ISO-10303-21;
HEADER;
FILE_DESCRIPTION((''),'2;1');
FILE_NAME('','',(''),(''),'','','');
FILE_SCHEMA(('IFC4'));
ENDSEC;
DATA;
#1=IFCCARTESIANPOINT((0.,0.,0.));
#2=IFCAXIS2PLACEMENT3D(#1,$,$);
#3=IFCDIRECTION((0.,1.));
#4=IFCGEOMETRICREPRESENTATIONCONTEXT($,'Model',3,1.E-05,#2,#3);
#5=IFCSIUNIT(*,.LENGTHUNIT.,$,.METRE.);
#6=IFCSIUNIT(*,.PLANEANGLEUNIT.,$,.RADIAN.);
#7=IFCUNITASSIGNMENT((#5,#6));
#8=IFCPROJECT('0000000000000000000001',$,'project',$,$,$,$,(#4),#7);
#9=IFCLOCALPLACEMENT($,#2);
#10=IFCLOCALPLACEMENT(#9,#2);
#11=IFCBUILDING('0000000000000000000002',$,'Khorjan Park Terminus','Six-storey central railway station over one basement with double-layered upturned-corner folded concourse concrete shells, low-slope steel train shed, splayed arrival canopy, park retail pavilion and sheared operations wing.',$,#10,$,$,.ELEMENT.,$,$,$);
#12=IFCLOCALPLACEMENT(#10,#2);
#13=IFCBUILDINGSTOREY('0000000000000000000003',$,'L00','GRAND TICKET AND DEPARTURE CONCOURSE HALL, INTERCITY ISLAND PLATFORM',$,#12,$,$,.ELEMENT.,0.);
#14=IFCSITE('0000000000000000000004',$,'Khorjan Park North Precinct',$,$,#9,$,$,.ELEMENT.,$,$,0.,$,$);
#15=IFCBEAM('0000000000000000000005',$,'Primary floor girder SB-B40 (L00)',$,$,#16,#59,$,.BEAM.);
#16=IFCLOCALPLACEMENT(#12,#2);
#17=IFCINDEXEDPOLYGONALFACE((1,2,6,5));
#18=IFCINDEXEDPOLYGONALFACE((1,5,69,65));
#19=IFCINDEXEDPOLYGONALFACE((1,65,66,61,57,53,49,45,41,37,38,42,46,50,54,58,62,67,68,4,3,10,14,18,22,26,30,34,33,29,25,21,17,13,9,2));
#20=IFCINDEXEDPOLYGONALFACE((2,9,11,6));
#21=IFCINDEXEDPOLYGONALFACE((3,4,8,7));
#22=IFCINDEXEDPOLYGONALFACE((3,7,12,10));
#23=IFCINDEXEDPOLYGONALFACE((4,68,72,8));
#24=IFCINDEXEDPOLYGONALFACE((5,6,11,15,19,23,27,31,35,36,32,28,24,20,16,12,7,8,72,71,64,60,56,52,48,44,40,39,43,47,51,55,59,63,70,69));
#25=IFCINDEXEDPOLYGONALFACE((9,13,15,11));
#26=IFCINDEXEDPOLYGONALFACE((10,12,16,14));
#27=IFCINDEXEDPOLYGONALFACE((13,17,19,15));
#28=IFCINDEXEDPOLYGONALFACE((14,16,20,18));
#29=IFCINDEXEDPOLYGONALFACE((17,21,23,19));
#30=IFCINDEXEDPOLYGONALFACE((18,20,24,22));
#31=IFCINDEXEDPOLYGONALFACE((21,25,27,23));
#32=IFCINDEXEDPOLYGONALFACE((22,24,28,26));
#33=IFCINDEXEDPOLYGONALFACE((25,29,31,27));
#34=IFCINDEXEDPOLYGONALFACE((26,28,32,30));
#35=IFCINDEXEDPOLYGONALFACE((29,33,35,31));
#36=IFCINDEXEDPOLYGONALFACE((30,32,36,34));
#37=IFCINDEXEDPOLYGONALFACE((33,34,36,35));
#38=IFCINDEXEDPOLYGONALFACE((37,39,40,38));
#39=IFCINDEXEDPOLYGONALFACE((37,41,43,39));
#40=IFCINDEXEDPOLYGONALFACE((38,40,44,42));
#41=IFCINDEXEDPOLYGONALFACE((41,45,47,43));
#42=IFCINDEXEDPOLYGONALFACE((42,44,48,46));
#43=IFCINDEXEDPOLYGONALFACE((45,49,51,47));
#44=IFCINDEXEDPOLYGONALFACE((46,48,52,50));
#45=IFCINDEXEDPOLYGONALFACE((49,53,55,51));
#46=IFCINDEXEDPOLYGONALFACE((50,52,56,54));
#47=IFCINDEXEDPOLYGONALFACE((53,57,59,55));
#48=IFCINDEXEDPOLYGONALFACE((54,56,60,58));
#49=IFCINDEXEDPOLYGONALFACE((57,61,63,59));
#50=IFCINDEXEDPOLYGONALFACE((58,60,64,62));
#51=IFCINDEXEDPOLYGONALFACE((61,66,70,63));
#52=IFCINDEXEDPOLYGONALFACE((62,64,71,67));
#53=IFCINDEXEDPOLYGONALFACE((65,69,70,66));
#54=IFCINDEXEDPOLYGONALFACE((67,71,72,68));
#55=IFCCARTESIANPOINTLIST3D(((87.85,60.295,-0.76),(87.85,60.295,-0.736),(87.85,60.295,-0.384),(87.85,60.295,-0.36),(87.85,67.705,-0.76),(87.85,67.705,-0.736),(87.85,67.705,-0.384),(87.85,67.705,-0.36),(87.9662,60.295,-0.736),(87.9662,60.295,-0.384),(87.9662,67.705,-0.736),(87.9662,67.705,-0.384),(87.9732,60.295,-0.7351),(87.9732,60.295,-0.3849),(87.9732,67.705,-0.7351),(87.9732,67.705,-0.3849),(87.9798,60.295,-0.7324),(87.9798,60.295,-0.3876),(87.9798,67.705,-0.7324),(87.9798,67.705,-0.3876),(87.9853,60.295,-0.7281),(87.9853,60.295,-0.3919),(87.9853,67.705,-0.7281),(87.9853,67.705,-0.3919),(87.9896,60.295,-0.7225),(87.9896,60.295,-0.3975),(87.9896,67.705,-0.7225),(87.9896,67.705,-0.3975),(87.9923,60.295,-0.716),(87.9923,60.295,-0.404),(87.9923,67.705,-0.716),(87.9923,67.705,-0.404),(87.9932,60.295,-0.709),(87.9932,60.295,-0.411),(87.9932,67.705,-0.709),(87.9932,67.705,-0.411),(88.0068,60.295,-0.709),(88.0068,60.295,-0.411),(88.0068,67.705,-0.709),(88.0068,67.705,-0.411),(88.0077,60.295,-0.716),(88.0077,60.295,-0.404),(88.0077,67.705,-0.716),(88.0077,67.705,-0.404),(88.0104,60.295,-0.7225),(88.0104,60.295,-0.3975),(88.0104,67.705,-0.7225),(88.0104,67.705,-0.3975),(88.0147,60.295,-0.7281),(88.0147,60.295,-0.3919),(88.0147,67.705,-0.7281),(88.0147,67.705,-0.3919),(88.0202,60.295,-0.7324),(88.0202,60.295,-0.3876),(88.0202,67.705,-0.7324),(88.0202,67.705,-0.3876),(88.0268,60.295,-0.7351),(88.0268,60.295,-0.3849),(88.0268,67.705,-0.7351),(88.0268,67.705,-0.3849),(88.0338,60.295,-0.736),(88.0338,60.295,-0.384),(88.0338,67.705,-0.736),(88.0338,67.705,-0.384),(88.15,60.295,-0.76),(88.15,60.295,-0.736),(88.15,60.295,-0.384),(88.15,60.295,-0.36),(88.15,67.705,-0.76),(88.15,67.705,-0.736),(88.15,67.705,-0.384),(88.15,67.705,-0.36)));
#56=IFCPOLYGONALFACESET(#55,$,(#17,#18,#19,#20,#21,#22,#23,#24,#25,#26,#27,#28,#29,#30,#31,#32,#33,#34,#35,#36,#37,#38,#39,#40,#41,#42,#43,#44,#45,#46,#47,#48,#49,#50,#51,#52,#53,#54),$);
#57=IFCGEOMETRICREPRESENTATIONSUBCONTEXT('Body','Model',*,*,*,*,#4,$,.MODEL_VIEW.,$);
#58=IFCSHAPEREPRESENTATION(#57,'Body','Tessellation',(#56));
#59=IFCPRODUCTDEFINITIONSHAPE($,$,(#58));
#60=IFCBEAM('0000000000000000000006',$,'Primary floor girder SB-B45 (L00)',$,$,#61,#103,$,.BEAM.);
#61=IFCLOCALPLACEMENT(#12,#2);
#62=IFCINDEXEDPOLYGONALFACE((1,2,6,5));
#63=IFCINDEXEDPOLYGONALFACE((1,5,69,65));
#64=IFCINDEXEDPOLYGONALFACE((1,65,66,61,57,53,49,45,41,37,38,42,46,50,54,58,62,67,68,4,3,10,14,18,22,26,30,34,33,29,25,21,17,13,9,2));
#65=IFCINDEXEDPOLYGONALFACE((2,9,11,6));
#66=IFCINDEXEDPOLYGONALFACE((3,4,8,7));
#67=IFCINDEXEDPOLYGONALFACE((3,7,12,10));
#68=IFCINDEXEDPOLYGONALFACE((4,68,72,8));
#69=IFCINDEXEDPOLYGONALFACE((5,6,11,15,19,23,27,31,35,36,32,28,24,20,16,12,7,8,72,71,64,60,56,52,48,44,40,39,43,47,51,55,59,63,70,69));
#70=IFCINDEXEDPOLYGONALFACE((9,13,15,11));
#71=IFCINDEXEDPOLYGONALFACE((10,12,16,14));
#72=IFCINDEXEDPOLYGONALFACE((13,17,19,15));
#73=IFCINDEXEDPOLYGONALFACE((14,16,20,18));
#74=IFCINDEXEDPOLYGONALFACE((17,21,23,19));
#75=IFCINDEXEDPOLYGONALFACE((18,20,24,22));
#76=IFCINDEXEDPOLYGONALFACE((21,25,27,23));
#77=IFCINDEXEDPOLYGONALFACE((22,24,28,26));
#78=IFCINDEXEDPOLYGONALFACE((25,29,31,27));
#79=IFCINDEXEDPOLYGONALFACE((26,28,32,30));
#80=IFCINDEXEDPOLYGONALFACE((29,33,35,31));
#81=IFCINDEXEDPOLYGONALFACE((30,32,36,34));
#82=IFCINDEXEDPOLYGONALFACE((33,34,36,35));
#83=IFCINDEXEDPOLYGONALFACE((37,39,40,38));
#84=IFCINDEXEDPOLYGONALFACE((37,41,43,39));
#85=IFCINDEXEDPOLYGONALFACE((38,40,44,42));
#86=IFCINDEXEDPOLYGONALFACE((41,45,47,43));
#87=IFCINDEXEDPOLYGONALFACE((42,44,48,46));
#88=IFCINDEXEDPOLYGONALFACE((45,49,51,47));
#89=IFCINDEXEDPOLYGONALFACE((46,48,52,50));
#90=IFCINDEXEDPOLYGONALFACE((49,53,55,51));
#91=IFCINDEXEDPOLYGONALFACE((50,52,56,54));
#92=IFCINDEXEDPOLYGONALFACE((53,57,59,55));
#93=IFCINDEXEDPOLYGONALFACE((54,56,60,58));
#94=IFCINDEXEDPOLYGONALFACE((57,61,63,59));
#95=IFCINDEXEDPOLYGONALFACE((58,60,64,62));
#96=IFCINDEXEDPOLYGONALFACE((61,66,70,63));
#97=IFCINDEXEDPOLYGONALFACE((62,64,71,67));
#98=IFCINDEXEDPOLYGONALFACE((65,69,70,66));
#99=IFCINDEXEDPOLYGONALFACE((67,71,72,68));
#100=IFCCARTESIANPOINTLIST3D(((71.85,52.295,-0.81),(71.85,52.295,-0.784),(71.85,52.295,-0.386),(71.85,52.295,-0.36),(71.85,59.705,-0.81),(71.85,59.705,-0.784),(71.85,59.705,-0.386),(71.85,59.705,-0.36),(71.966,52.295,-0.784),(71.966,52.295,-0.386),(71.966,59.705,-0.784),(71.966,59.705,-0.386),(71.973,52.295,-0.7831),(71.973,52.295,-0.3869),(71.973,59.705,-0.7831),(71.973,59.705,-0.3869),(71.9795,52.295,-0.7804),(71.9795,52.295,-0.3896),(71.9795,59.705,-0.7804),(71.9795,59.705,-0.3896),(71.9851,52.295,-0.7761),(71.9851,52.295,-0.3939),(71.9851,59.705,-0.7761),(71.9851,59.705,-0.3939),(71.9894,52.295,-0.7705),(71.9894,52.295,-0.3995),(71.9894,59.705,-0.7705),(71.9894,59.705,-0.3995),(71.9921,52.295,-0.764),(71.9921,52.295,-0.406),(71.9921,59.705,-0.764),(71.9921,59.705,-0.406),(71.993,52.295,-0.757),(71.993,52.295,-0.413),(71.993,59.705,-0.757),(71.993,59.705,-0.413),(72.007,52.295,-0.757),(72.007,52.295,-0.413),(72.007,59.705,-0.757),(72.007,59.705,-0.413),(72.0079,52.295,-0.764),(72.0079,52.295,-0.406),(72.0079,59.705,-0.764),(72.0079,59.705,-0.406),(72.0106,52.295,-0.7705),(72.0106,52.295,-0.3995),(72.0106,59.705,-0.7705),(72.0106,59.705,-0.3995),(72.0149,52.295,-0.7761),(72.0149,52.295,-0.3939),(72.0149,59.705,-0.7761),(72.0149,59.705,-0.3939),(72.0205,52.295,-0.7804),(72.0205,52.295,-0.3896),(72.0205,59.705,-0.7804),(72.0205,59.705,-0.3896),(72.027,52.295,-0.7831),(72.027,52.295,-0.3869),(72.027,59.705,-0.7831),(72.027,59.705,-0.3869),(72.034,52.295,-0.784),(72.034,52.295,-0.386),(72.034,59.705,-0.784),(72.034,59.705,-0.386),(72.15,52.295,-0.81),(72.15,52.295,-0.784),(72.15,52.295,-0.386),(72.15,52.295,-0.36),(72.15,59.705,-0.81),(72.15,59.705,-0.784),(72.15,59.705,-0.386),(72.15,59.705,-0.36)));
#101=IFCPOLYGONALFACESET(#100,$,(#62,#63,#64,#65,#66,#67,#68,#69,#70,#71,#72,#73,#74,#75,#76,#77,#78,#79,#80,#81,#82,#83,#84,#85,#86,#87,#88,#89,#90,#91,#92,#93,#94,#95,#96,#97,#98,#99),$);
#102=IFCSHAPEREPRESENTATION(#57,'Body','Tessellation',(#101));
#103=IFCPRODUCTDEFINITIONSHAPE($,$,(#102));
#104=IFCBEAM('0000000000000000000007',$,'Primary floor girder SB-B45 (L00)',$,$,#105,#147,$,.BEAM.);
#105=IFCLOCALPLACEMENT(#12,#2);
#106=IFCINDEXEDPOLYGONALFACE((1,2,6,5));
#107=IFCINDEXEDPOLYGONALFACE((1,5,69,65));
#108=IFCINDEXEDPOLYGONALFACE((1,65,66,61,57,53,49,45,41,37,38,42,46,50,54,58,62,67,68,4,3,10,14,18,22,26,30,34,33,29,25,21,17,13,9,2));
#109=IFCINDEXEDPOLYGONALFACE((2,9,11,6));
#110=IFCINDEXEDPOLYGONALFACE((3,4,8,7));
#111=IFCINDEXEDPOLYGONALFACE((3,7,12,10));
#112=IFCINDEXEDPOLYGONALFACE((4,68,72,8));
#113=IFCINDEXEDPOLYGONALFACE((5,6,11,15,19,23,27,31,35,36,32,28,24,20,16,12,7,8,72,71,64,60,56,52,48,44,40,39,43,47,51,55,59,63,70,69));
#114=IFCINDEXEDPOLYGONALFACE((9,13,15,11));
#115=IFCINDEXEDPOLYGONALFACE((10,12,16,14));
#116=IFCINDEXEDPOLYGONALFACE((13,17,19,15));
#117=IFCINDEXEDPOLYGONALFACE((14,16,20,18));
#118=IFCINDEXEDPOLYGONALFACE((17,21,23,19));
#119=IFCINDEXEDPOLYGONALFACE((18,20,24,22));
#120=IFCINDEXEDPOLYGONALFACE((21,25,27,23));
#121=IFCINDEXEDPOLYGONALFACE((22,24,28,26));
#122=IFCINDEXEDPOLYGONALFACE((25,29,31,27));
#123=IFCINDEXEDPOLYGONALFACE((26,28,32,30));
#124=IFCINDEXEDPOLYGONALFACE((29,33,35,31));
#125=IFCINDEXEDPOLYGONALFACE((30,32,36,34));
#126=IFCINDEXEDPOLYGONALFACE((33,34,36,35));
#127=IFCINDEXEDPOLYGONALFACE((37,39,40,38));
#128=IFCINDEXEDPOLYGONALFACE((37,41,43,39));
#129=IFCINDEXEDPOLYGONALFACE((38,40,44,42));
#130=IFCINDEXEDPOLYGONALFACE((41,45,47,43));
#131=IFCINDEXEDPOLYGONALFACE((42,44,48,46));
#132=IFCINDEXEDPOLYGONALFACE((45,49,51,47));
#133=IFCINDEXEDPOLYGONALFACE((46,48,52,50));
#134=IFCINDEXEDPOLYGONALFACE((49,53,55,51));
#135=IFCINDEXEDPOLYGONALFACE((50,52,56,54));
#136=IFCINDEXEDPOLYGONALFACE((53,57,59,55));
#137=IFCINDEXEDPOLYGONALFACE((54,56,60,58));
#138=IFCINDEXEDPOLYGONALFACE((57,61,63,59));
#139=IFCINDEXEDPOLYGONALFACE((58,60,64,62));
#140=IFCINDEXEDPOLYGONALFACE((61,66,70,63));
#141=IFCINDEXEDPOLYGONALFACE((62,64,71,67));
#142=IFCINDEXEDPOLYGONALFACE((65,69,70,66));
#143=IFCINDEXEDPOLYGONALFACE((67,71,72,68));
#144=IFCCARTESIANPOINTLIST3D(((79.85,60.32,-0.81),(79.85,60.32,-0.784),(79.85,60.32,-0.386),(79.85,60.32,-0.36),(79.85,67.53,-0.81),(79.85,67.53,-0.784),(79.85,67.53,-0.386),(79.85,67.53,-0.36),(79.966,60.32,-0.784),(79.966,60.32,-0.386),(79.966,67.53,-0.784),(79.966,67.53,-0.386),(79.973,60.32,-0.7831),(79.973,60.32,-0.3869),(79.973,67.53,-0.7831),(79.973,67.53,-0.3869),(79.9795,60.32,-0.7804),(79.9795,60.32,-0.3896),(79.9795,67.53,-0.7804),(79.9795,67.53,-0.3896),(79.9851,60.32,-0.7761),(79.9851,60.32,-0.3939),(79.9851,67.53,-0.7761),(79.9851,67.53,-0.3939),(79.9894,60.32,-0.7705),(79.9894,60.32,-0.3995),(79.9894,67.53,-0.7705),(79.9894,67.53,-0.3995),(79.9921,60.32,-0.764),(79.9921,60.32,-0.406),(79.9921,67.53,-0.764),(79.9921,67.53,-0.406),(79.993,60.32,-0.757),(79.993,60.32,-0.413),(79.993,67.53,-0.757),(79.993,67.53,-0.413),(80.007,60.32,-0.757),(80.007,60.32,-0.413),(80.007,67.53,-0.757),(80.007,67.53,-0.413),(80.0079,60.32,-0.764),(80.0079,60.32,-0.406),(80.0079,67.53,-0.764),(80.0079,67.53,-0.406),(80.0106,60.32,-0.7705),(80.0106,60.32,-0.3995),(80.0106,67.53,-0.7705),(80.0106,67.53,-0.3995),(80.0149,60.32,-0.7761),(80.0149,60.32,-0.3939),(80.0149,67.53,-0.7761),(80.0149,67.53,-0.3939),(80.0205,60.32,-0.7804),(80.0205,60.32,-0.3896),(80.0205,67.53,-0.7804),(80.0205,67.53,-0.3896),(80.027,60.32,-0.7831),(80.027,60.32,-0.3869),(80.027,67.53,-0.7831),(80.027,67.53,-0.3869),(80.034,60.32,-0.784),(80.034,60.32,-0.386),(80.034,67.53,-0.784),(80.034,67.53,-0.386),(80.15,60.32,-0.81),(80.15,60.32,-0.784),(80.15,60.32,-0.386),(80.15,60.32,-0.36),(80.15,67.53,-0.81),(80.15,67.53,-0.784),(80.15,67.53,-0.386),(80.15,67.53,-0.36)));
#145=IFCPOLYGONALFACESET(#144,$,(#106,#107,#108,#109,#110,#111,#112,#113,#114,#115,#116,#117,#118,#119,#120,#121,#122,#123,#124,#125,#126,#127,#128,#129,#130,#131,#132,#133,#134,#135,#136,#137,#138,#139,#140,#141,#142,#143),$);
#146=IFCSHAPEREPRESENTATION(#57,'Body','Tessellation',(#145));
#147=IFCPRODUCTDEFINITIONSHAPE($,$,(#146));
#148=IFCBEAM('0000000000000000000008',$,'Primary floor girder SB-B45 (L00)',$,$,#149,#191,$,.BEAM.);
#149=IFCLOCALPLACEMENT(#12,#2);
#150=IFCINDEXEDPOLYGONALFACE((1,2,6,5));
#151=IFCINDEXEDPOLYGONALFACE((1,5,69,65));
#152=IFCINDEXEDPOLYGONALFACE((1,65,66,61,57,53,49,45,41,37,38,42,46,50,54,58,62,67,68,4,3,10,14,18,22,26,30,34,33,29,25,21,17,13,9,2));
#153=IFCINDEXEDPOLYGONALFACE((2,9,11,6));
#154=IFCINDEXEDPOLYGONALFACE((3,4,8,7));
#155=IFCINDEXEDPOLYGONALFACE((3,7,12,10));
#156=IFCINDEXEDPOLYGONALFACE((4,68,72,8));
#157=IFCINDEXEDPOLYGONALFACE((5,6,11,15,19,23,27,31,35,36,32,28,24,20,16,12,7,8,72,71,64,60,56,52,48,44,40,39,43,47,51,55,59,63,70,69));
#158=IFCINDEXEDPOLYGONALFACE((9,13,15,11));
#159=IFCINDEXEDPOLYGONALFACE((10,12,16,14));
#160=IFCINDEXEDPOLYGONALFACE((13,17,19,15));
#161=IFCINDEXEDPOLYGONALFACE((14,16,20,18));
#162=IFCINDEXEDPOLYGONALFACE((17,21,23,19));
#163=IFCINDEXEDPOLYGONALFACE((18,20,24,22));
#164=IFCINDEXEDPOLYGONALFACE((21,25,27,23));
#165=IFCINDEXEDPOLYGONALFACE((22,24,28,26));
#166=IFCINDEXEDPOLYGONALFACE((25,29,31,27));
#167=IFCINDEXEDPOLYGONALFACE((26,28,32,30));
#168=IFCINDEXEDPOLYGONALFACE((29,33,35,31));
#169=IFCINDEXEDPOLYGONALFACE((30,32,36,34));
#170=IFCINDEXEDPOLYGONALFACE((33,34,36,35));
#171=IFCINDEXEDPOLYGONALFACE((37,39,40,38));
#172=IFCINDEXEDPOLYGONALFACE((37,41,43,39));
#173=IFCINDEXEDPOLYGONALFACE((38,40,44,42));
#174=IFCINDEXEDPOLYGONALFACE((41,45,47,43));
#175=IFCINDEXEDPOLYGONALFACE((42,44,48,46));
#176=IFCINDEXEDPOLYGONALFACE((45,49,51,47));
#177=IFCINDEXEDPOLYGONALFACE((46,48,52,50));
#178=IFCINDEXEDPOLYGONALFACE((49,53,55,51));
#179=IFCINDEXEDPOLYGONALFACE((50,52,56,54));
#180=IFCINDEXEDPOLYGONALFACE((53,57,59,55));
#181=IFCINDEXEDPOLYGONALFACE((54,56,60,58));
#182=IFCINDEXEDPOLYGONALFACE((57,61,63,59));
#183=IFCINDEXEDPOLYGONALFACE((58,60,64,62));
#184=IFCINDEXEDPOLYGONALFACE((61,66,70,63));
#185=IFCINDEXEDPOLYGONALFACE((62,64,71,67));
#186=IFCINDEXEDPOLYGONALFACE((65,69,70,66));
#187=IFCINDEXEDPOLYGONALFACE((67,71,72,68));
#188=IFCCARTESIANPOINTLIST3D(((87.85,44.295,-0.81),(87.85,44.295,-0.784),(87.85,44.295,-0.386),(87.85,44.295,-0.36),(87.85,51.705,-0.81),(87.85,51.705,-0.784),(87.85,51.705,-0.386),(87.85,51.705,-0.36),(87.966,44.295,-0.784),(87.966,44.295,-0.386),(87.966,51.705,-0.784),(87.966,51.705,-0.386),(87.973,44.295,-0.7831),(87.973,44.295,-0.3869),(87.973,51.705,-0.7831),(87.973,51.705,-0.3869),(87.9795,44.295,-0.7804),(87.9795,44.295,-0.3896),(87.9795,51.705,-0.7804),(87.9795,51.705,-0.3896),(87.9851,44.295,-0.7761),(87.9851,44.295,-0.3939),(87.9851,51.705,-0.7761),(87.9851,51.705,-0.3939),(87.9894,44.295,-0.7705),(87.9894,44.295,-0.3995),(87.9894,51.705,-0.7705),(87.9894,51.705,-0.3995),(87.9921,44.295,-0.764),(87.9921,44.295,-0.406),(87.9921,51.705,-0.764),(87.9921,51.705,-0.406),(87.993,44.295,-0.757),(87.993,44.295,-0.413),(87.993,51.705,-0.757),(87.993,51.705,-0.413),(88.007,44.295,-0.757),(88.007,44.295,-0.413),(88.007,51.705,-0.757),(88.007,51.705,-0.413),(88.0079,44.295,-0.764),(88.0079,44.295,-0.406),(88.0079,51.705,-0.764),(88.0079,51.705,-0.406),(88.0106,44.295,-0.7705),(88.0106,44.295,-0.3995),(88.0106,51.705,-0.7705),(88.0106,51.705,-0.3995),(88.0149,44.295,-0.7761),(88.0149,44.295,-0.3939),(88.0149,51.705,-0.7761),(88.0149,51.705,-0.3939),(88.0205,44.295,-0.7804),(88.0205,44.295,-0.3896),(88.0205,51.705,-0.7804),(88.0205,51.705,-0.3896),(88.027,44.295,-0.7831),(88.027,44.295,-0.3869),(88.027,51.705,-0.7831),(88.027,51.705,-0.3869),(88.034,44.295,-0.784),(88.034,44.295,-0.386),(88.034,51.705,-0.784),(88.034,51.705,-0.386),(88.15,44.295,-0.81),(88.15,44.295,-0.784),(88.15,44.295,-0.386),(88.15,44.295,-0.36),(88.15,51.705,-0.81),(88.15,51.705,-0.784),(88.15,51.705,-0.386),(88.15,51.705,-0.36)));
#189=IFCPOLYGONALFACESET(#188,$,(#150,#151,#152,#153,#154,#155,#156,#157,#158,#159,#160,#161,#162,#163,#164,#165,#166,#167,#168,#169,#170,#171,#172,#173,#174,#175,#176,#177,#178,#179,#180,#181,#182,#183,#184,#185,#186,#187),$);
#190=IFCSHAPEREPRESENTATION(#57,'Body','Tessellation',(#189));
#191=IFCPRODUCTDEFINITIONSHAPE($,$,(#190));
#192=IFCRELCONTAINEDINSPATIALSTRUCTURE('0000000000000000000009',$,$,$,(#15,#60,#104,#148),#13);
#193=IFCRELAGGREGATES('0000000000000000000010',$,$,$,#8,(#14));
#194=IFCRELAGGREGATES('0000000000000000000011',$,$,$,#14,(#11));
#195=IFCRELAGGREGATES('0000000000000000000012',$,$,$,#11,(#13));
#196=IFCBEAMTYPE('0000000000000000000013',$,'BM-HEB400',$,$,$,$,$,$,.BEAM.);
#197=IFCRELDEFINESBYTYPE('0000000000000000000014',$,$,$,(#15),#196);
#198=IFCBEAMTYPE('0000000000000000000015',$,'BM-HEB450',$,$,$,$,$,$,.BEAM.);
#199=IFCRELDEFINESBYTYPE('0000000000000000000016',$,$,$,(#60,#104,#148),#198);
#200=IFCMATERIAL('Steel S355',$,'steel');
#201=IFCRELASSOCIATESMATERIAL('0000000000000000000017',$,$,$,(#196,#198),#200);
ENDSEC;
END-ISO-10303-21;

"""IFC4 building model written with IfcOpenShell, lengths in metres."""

from ifc_helpers import new_model, si_unit, direction, frame, origin, origin_2d, place, context, subcontext, project, spatial, i_section, extrude, material, material_profile, profile_set, type_object, element, save


model = new_model("IFC4")

# Units and contexts
model_context = context("Model", 3, precision=1e-05, world=origin(), true_north=direction((0.0, 1.0)))
body_context = subcontext(model_context, "Body", "Model", "MODEL_VIEW")
ifc_project = project(units=[si_unit("LENGTHUNIT", "METRE"), si_unit("PLANEANGLEUNIT", "RADIAN")], contexts=[model_context])

# Site, building, storey
site_placement = place(None, origin())
site = spatial("IfcSite", under=ifc_project, at=site_placement, Name="Khorjan Park North Precinct", CompositionType="ELEMENT", RefElevation=0.0)
building_placement = place(site_placement, origin())
building = spatial("IfcBuilding", under=site, at=building_placement, Name="Khorjan Park Terminus", Description="Six-storey central railway station over one basement with double-layered upturned-corner folded concourse concrete shells, low-slope steel train shed, splayed arrival canopy, park retail pavilion and sheared operations wing.", CompositionType="ELEMENT")
storey_placement = place(building_placement, origin())
storey = spatial("IfcBuildingStorey", under=building, at=storey_placement, Name="L00", Description="GRAND TICKET AND DEPARTURE CONCOURSE HALL, INTERCITY ISLAND PLATFORM", CompositionType="ELEMENT", Elevation=0.0)

# Shared definitions
ifc_material_1 = material(Name="Steel S355", Category="steel")

# Beams
ifc_material_profile_1 = material_profile(ifc_material_1, i_section(OverallWidth=0.3, OverallDepth=0.4, WebThickness=0.0135, FlangeThickness=0.024, FilletRadius=0.027, at=origin_2d()), Name="HEB 400")
ifc_profile_set_1 = profile_set([ifc_material_profile_1], Name="Steel S355")
beam_type_1 = type_object("IfcBeamType", Name="BM-HEB400", PredefinedType="BEAM", material=ifc_profile_set_1)
beam_1_placement = place(storey_placement, frame((88.0, 60.295, -0.56), z_axis=(0.0, 1.0, 0.0), x_axis=(-1.0, 0.0, 0.0)))
element("IfcBeam", 1, at=beam_1_placement, inside=storey, type_object=beam_type_1, Name="Primary floor girder SB-B40 (L00)", PredefinedType="BEAM", context=body_context, shape_type="SweptSolid", body=[
    extrude(i_section(OverallWidth=0.3, OverallDepth=0.4, WebThickness=0.0135, FlangeThickness=0.024, FilletRadius=0.027, at=origin_2d()), origin(), (0.0, 0.0, 1.0), 7.41),
])
ifc_material_profile_2 = material_profile(ifc_material_1, i_section(OverallWidth=0.3, OverallDepth=0.45, WebThickness=0.014, FlangeThickness=0.026, FilletRadius=0.027, at=origin_2d()), Name="HEB 450")
ifc_profile_set_2 = profile_set([ifc_material_profile_2], Name="Steel S355")
beam_type_2 = type_object("IfcBeamType", Name="BM-HEB450", PredefinedType="BEAM", material=ifc_profile_set_2)
beam_2_placement = place(storey_placement, frame((72.0, 52.295, -0.585), z_axis=(0.0, 1.0, 0.0), x_axis=(-1.0, 0.0, 0.0)))
element("IfcBeam", 2, at=beam_2_placement, inside=storey, type_object=beam_type_2, Name="Primary floor girder SB-B45 (L00)", PredefinedType="BEAM", context=body_context, shape_type="SweptSolid", body=[
    extrude(i_section(OverallWidth=0.3, OverallDepth=0.45, WebThickness=0.014, FlangeThickness=0.026, FilletRadius=0.027, at=origin_2d()), origin(), (0.0, 0.0, 1.0), 7.41),
])
beam_3_placement = place(storey_placement, frame((80.0, 60.32, -0.585), z_axis=(0.0, 1.0, 0.0), x_axis=(-1.0, 0.0, 0.0)))
element("IfcBeam", 3, at=beam_3_placement, inside=storey, type_object=beam_type_2, Name="Primary floor girder SB-B45 (L00)", PredefinedType="BEAM", context=body_context, shape_type="SweptSolid", body=[
    extrude(i_section(OverallWidth=0.3, OverallDepth=0.45, WebThickness=0.014, FlangeThickness=0.026, FilletRadius=0.027, at=origin_2d()), origin(), (0.0, 0.0, 1.0), 7.21),
])
beam_4_placement = place(storey_placement, frame((88.0, 44.295, -0.585), z_axis=(0.0, 1.0, 0.0), x_axis=(-1.0, 0.0, 0.0)))
element("IfcBeam", 4, at=beam_4_placement, inside=storey, type_object=beam_type_2, Name="Primary floor girder SB-B45 (L00)", PredefinedType="BEAM", context=body_context, shape_type="SweptSolid", body=[
    extrude(i_section(OverallWidth=0.3, OverallDepth=0.45, WebThickness=0.014, FlangeThickness=0.026, FilletRadius=0.027, at=origin_2d()), origin(), (0.0, 0.0, 1.0), 7.41),
])

save(model, "model.ifc")
